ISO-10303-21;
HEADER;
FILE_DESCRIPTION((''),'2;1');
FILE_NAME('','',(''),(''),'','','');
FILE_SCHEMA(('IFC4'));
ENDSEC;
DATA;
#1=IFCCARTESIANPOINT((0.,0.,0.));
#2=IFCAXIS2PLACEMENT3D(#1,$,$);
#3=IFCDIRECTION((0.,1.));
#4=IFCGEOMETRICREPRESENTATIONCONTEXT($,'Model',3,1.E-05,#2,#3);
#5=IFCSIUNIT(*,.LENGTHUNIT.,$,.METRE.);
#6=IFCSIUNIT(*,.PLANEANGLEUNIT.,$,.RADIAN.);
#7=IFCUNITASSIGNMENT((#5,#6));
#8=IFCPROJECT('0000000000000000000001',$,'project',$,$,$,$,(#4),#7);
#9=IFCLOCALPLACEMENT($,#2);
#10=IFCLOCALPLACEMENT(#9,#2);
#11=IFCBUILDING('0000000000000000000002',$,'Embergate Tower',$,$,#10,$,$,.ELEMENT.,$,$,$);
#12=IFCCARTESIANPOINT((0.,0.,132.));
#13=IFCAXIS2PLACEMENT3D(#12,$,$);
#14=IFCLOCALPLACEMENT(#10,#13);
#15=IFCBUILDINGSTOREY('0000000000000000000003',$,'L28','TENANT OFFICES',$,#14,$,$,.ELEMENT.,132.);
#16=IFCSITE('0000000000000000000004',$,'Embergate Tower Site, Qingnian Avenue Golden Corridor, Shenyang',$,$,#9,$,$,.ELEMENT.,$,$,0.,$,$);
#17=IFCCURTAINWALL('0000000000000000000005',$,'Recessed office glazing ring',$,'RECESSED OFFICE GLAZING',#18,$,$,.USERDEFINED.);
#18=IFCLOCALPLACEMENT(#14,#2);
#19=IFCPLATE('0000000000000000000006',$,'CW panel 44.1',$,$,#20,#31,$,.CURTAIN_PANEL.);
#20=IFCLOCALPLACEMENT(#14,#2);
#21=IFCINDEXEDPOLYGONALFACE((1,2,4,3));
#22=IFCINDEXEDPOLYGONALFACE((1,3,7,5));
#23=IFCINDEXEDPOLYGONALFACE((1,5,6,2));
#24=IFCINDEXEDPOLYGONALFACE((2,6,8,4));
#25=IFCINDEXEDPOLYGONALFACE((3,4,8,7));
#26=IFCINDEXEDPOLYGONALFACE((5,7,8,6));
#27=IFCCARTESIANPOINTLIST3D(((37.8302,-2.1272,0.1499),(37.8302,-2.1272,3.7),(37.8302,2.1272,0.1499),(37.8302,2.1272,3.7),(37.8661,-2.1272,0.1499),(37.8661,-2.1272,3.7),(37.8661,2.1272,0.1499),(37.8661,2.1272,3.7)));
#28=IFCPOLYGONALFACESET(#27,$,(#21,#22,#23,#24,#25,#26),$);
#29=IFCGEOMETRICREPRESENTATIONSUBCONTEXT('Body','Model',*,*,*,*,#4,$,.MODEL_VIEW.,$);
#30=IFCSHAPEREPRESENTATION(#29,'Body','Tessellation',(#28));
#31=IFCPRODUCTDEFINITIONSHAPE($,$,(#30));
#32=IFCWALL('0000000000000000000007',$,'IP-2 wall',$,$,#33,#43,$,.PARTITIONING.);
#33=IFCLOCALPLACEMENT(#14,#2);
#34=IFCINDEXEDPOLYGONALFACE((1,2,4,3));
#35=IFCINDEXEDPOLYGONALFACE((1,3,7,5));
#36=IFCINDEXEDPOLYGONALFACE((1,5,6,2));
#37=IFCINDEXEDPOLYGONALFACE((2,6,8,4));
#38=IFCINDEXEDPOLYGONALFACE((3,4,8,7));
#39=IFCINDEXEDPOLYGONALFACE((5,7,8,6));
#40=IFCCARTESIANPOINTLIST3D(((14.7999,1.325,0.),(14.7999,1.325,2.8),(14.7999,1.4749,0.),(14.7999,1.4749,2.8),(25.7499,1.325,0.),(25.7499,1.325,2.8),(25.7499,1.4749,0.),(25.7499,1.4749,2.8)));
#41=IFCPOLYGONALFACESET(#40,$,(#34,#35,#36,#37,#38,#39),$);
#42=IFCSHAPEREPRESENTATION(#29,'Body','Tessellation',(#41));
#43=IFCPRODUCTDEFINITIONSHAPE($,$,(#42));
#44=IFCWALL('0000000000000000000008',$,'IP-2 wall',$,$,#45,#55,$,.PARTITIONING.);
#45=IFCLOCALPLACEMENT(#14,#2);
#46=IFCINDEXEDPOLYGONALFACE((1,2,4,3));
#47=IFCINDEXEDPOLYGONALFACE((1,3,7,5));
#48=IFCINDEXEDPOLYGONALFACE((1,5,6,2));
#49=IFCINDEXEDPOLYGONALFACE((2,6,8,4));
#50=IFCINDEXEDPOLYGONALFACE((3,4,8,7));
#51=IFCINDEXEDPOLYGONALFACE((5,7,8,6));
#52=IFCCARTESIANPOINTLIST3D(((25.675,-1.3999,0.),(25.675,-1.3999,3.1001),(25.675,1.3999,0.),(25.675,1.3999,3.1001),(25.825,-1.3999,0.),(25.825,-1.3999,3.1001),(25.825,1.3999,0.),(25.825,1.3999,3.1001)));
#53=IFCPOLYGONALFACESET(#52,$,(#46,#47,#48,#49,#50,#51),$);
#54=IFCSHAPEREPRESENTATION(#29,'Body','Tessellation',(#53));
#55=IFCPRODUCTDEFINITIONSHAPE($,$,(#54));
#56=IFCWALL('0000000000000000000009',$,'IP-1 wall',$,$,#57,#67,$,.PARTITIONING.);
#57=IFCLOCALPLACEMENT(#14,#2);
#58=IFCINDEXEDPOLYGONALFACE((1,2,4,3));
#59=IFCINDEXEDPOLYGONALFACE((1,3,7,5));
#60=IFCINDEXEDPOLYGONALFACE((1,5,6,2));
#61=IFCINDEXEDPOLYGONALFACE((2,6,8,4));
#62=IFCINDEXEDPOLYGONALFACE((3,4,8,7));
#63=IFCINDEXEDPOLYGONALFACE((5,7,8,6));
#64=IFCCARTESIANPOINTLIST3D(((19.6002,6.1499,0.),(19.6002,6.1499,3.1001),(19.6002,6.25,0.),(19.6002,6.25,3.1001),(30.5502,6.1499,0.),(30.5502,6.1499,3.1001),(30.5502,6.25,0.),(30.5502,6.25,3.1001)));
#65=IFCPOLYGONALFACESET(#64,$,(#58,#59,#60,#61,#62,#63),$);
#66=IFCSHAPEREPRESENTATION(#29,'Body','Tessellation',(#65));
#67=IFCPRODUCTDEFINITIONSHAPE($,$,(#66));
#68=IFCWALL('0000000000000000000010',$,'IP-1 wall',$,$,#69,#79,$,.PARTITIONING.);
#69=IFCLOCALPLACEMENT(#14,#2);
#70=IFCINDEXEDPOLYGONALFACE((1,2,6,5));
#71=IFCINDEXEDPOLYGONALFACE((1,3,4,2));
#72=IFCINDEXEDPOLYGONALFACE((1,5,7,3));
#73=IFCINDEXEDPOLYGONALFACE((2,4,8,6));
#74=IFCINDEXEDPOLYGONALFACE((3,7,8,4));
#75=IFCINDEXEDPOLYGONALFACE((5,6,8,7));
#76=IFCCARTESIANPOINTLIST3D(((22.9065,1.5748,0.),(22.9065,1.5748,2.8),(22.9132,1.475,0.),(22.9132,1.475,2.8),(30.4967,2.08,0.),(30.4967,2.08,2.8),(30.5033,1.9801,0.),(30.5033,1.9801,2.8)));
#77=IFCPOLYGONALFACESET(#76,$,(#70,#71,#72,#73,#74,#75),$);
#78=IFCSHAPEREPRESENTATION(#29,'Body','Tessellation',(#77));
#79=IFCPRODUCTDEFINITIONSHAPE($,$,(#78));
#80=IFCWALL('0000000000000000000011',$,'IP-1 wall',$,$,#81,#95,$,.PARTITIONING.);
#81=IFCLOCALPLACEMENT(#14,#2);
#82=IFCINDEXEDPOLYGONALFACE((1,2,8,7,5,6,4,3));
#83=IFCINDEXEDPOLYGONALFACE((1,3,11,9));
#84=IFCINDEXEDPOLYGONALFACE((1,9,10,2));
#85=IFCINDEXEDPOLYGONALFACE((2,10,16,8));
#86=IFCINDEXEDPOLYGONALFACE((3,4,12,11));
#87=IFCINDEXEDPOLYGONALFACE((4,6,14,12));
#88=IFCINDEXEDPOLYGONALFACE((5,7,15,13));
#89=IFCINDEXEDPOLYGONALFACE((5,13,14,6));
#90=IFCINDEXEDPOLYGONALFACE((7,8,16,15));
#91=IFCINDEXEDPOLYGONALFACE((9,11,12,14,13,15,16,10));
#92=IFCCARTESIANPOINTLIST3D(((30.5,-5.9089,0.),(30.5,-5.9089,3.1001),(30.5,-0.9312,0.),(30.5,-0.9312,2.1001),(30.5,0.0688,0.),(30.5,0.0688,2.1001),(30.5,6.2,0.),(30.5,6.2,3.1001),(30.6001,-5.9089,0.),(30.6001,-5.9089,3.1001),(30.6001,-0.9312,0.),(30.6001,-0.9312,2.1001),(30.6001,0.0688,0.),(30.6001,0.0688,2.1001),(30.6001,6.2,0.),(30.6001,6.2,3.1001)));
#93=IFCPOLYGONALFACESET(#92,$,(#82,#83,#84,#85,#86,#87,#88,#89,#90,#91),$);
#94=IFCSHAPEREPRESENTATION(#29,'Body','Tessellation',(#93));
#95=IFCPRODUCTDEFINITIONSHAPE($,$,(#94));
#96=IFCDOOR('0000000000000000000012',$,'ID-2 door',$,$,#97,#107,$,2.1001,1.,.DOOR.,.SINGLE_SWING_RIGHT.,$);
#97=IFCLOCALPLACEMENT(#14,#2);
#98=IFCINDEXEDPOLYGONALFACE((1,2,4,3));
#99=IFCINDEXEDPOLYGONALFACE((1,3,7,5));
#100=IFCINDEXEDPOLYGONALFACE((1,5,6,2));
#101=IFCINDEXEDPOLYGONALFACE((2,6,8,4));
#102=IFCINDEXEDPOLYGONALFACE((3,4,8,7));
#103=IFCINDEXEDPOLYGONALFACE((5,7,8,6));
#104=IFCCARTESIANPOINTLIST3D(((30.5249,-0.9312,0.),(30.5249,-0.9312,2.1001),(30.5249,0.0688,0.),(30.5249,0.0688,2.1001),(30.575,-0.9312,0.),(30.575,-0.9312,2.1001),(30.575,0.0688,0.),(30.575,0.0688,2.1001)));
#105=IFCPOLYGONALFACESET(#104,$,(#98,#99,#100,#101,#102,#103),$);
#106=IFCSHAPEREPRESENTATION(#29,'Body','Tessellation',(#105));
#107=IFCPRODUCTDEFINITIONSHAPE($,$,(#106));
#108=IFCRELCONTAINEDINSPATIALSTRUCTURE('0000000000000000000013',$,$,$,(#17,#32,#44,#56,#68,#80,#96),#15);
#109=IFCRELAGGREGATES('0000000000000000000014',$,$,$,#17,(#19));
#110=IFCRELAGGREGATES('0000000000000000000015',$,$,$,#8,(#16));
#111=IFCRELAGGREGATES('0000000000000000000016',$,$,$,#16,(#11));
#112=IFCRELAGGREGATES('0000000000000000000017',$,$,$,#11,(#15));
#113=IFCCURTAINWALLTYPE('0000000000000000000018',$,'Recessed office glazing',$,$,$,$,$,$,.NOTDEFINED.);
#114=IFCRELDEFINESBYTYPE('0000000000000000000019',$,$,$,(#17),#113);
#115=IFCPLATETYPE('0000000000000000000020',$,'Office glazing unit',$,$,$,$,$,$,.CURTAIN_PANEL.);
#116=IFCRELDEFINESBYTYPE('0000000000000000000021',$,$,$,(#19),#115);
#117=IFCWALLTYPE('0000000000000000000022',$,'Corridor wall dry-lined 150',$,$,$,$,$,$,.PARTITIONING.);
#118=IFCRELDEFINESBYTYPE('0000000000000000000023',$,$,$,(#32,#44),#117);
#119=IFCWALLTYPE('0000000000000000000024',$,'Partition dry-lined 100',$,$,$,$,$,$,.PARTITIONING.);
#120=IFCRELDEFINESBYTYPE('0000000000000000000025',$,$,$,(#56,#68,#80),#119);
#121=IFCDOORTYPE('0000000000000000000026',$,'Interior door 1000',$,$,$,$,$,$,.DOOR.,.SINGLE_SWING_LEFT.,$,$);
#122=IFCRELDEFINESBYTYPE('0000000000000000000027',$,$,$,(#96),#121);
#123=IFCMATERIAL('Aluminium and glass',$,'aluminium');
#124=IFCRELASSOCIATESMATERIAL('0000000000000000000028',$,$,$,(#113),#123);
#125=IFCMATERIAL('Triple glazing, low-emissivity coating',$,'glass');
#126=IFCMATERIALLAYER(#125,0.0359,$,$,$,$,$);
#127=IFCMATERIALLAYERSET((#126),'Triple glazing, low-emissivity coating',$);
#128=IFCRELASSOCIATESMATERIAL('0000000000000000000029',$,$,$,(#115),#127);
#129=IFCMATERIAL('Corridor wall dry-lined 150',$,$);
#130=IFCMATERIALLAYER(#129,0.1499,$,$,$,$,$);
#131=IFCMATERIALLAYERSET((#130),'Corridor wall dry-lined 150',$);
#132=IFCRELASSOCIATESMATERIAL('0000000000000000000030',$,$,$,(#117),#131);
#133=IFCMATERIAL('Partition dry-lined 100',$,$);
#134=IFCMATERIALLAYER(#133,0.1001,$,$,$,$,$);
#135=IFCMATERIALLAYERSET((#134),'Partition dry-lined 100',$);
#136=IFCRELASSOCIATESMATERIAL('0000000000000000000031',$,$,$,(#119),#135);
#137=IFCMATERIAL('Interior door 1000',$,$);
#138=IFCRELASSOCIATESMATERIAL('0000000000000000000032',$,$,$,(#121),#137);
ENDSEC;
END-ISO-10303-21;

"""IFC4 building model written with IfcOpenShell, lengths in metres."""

from ifc_helpers import new_model, si_unit, direction, frame, frame_2d, origin, origin_2d, place, context, subcontext, project, spatial, rectangle, extrude, source, transform, mapped, material, layer, layer_set, type_object, element, fill, aggregate, save


model = new_model("IFC4")

# Units and contexts
model_context = context("Model", 3, precision=1e-05, world=origin(), true_north=direction((0.0, 1.0)))
body_context = subcontext(model_context, "Body", "Model", "MODEL_VIEW")
ifc_project = project(units=[si_unit("LENGTHUNIT", "METRE"), si_unit("PLANEANGLEUNIT", "RADIAN")], contexts=[model_context])

# Site, building, storey
site_placement = place(None, origin())
site = spatial("IfcSite", under=ifc_project, at=site_placement, Name="Embergate Tower Site, Qingnian Avenue Golden Corridor, Shenyang", CompositionType="ELEMENT", RefElevation=0.0)
building_placement = place(site_placement, origin())
building = spatial("IfcBuilding", under=site, at=building_placement, Name="Embergate Tower", CompositionType="ELEMENT")
storey_placement = place(building_placement, frame((0.0, 0.0, 132.0)))
storey = spatial("IfcBuildingStorey", under=building, at=storey_placement, Name="L28", Description="TENANT OFFICES", CompositionType="ELEMENT", Elevation=132.0)

# Curtain wall, plate
ifc_material_1 = material(Name="Aluminium and glass", Category="aluminium")
curtain_wall_type = type_object("IfcCurtainWallType", Name="Recessed office glazing", PredefinedType="NOTDEFINED", material=ifc_material_1)
curtain_wall_placement = place(storey_placement, origin())
curtain_wall = element("IfcCurtainWall", 1, at=curtain_wall_placement, inside=storey, type_object=curtain_wall_type, Name="Recessed office glazing ring", ObjectType="RECESSED OFFICE GLAZING", PredefinedType="USERDEFINED")
ifc_material_2 = material(Name="Triple glazing, low-emissivity coating", Category="glass")
ifc_layer_1 = layer(ifc_material_2, 0.0359)
ifc_layer_set_1 = layer_set([ifc_layer_1], Name="Triple glazing, low-emissivity coating")
plate_type = type_object("IfcPlateType", Name="Office glazing unit", PredefinedType="CURTAIN_PANEL", material=ifc_layer_set_1)
shared_shape_1 = source(origin(), body_context, "Body", "SweptSolid", [
    extrude(rectangle(XDim=4.2544, YDim=0.0359, at=origin_2d()), origin(), (0.0, 0.0, 1.0), 3.55),
])
plate_1_placement = place(storey_placement, frame((37.8481, 0.0, 0.1499), z_axis=(0.0, 0.0, 1.0), x_axis=(0.0, 1.0, 0.0)))
plate_1 = element("IfcPlate", 2, at=plate_1_placement, type_object=plate_type, Name="CW panel 44.1", PredefinedType="CURTAIN_PANEL", context=body_context, shape_type="MappedRepresentation", body=[
    mapped(shared_shape_1, transform((0.0, 0.0, 0.0))),
])
aggregate(curtain_wall, [plate_1])

# Walls
ifc_material_3 = material(Name="Corridor wall dry-lined 150")
ifc_layer_2 = layer(ifc_material_3, 0.1499)
ifc_layer_set_2 = layer_set([ifc_layer_2], Name="Corridor wall dry-lined 150")
wall_type_1 = type_object("IfcWallType", Name="Corridor wall dry-lined 150", PredefinedType="PARTITIONING", material=ifc_layer_set_2)
shared_shape_2 = source(origin(), body_context, "Body", "SweptSolid", [
    extrude(rectangle(XDim=10.95, YDim=0.1499, at=frame_2d((5.4751, 0.0))), origin(), (0.0, 0.0, 1.0), 2.8),
])
wall_1_placement = place(storey_placement, frame((25.75, 1.3999, 0.0), z_axis=(0.0, 0.0, 1.0), x_axis=(-1.0, 0.0, 0.0)))
element("IfcWall", 3, at=wall_1_placement, inside=storey, type_object=wall_type_1, Name="IP-2 wall", PredefinedType="PARTITIONING", context=body_context, shape_type="MappedRepresentation", body=[
    mapped(shared_shape_2, transform((0.0, 0.0, 0.0))),
])
shared_shape_3 = source(origin(), body_context, "Body", "SweptSolid", [
    extrude(rectangle(XDim=2.7998, YDim=0.1499, at=frame_2d((1.3999, 0.0))), origin(), (0.0, 0.0, 1.0), 3.1001),
])
wall_2_placement = place(storey_placement, frame((25.75, -1.3999, 0.0), z_axis=(0.0, 0.0, 1.0), x_axis=(0.0, 1.0, 0.0)))
element("IfcWall", 4, at=wall_2_placement, inside=storey, type_object=wall_type_1, Name="IP-2 wall", PredefinedType="PARTITIONING", context=body_context, shape_type="MappedRepresentation", body=[
    mapped(shared_shape_3, transform((0.0, 0.0, 0.0))),
])
ifc_material_4 = material(Name="Partition dry-lined 100")
ifc_layer_3 = layer(ifc_material_4, 0.1001)
ifc_layer_set_3 = layer_set([ifc_layer_3], Name="Partition dry-lined 100")
wall_type_2 = type_object("IfcWallType", Name="Partition dry-lined 100", PredefinedType="PARTITIONING", material=ifc_layer_set_3)
shared_shape_4 = source(origin(), body_context, "Body", "SweptSolid", [
    extrude(rectangle(XDim=10.95, YDim=0.1001, at=frame_2d((5.4751, 0.0))), origin(), (0.0, 0.0, 1.0), 3.1001),
])
wall_3_placement = place(storey_placement, frame((19.6001, 6.2, 0.0), z_axis=(0.0, 0.0, 1.0), x_axis=(1.0, 0.0, 0.0)))
element("IfcWall", 5, at=wall_3_placement, inside=storey, type_object=wall_type_2, Name="IP-1 wall", PredefinedType="PARTITIONING", context=body_context, shape_type="MappedRepresentation", body=[
    mapped(shared_shape_4, transform((0.0, 0.0, 0.0))),
])
shared_shape_5 = source(origin(), body_context, "Body", "SweptSolid", [
    extrude(rectangle(XDim=7.6069, YDim=0.1001, at=frame_2d((3.8035, 0.0))), origin(), (0.0, 0.0, 1.0), 2.8),
])
wall_4_placement = place(storey_placement, frame((30.5, 2.03, 0.0), z_axis=(0.0, 0.0, 1.0), x_axis=(-0.997793, -0.066404, 0.0)))
element("IfcWall", 6, at=wall_4_placement, inside=storey, type_object=wall_type_2, Name="IP-1 wall", PredefinedType="PARTITIONING", context=body_context, shape_type="MappedRepresentation", body=[
    mapped(shared_shape_5, transform((0.0, 0.0, 0.0))),
])

# Wall, opening, door
shared_shape_6 = source(origin(), body_context, "Body", "SweptSolid", [
    extrude(rectangle(XDim=12.1089, YDim=0.1001, at=frame_2d((6.0544, 0.0))), origin(), (0.0, 0.0, 1.0), 3.1001),
])
wall_5_placement = place(storey_placement, frame((30.55, 6.2, 0.0), z_axis=(0.0, 0.0, 1.0), x_axis=(0.0, -1.0, 0.0)))
wall_5 = element("IfcWall", 7, at=wall_5_placement, inside=storey, type_object=wall_type_2, Name="IP-1 wall", PredefinedType="PARTITIONING", context=body_context, shape_type="MappedRepresentation", body=[
    mapped(shared_shape_6, transform((0.0, 0.0, 0.0))),
])
shared_shape_7 = source(origin(), body_context, "Body", "SweptSolid", [
    extrude(rectangle(XDim=1.0, YDim=2.1001, at=frame_2d((0.5, 1.05))), frame((0.0, 0.0601, 0.0), z_axis=(0.0, -1.0, 0.0), x_axis=(1.0, 0.0, 0.0)), (0.0, 0.0, 1.0), 0.1201),
])
opening_placement = place(wall_5_placement, frame((6.1311, 0.0, 0.0)))
opening = element("IfcOpeningElement", 8, at=opening_placement, cuts=wall_5, PredefinedType="OPENING", context=body_context, shape_type="MappedRepresentation", body=[
    mapped(shared_shape_7, transform((0.0, 0.0, 0.0))),
])
ifc_material_5 = material(Name="Interior door 1000")
door_type = type_object("IfcDoorType", Name="Interior door 1000", OperationType="SINGLE_SWING_LEFT", PredefinedType="DOOR", material=ifc_material_5)
shared_shape_8 = source(origin(), body_context, "Body", "SweptSolid", [
    extrude(rectangle(XDim=1.0, YDim=2.1001, at=frame_2d((0.5, 1.05))), frame((0.0, 0.0249, 0.0), z_axis=(0.0, -1.0, 0.0), x_axis=(1.0, 0.0, 0.0)), (0.0, 0.0, 1.0), 0.05),
])
door_placement = place(opening_placement, origin())
door = element("IfcDoor", 9, at=door_placement, inside=storey, type_object=door_type, Name="ID-2 door", OperationType="SINGLE_SWING_RIGHT", OverallHeight=2.1001, OverallWidth=1.0, PredefinedType="DOOR", context=body_context, shape_type="MappedRepresentation", body=[
    mapped(shared_shape_8, transform((0.0, 0.0, 0.0))),
])
fill(opening, door)

save(model, "model.ifc")
